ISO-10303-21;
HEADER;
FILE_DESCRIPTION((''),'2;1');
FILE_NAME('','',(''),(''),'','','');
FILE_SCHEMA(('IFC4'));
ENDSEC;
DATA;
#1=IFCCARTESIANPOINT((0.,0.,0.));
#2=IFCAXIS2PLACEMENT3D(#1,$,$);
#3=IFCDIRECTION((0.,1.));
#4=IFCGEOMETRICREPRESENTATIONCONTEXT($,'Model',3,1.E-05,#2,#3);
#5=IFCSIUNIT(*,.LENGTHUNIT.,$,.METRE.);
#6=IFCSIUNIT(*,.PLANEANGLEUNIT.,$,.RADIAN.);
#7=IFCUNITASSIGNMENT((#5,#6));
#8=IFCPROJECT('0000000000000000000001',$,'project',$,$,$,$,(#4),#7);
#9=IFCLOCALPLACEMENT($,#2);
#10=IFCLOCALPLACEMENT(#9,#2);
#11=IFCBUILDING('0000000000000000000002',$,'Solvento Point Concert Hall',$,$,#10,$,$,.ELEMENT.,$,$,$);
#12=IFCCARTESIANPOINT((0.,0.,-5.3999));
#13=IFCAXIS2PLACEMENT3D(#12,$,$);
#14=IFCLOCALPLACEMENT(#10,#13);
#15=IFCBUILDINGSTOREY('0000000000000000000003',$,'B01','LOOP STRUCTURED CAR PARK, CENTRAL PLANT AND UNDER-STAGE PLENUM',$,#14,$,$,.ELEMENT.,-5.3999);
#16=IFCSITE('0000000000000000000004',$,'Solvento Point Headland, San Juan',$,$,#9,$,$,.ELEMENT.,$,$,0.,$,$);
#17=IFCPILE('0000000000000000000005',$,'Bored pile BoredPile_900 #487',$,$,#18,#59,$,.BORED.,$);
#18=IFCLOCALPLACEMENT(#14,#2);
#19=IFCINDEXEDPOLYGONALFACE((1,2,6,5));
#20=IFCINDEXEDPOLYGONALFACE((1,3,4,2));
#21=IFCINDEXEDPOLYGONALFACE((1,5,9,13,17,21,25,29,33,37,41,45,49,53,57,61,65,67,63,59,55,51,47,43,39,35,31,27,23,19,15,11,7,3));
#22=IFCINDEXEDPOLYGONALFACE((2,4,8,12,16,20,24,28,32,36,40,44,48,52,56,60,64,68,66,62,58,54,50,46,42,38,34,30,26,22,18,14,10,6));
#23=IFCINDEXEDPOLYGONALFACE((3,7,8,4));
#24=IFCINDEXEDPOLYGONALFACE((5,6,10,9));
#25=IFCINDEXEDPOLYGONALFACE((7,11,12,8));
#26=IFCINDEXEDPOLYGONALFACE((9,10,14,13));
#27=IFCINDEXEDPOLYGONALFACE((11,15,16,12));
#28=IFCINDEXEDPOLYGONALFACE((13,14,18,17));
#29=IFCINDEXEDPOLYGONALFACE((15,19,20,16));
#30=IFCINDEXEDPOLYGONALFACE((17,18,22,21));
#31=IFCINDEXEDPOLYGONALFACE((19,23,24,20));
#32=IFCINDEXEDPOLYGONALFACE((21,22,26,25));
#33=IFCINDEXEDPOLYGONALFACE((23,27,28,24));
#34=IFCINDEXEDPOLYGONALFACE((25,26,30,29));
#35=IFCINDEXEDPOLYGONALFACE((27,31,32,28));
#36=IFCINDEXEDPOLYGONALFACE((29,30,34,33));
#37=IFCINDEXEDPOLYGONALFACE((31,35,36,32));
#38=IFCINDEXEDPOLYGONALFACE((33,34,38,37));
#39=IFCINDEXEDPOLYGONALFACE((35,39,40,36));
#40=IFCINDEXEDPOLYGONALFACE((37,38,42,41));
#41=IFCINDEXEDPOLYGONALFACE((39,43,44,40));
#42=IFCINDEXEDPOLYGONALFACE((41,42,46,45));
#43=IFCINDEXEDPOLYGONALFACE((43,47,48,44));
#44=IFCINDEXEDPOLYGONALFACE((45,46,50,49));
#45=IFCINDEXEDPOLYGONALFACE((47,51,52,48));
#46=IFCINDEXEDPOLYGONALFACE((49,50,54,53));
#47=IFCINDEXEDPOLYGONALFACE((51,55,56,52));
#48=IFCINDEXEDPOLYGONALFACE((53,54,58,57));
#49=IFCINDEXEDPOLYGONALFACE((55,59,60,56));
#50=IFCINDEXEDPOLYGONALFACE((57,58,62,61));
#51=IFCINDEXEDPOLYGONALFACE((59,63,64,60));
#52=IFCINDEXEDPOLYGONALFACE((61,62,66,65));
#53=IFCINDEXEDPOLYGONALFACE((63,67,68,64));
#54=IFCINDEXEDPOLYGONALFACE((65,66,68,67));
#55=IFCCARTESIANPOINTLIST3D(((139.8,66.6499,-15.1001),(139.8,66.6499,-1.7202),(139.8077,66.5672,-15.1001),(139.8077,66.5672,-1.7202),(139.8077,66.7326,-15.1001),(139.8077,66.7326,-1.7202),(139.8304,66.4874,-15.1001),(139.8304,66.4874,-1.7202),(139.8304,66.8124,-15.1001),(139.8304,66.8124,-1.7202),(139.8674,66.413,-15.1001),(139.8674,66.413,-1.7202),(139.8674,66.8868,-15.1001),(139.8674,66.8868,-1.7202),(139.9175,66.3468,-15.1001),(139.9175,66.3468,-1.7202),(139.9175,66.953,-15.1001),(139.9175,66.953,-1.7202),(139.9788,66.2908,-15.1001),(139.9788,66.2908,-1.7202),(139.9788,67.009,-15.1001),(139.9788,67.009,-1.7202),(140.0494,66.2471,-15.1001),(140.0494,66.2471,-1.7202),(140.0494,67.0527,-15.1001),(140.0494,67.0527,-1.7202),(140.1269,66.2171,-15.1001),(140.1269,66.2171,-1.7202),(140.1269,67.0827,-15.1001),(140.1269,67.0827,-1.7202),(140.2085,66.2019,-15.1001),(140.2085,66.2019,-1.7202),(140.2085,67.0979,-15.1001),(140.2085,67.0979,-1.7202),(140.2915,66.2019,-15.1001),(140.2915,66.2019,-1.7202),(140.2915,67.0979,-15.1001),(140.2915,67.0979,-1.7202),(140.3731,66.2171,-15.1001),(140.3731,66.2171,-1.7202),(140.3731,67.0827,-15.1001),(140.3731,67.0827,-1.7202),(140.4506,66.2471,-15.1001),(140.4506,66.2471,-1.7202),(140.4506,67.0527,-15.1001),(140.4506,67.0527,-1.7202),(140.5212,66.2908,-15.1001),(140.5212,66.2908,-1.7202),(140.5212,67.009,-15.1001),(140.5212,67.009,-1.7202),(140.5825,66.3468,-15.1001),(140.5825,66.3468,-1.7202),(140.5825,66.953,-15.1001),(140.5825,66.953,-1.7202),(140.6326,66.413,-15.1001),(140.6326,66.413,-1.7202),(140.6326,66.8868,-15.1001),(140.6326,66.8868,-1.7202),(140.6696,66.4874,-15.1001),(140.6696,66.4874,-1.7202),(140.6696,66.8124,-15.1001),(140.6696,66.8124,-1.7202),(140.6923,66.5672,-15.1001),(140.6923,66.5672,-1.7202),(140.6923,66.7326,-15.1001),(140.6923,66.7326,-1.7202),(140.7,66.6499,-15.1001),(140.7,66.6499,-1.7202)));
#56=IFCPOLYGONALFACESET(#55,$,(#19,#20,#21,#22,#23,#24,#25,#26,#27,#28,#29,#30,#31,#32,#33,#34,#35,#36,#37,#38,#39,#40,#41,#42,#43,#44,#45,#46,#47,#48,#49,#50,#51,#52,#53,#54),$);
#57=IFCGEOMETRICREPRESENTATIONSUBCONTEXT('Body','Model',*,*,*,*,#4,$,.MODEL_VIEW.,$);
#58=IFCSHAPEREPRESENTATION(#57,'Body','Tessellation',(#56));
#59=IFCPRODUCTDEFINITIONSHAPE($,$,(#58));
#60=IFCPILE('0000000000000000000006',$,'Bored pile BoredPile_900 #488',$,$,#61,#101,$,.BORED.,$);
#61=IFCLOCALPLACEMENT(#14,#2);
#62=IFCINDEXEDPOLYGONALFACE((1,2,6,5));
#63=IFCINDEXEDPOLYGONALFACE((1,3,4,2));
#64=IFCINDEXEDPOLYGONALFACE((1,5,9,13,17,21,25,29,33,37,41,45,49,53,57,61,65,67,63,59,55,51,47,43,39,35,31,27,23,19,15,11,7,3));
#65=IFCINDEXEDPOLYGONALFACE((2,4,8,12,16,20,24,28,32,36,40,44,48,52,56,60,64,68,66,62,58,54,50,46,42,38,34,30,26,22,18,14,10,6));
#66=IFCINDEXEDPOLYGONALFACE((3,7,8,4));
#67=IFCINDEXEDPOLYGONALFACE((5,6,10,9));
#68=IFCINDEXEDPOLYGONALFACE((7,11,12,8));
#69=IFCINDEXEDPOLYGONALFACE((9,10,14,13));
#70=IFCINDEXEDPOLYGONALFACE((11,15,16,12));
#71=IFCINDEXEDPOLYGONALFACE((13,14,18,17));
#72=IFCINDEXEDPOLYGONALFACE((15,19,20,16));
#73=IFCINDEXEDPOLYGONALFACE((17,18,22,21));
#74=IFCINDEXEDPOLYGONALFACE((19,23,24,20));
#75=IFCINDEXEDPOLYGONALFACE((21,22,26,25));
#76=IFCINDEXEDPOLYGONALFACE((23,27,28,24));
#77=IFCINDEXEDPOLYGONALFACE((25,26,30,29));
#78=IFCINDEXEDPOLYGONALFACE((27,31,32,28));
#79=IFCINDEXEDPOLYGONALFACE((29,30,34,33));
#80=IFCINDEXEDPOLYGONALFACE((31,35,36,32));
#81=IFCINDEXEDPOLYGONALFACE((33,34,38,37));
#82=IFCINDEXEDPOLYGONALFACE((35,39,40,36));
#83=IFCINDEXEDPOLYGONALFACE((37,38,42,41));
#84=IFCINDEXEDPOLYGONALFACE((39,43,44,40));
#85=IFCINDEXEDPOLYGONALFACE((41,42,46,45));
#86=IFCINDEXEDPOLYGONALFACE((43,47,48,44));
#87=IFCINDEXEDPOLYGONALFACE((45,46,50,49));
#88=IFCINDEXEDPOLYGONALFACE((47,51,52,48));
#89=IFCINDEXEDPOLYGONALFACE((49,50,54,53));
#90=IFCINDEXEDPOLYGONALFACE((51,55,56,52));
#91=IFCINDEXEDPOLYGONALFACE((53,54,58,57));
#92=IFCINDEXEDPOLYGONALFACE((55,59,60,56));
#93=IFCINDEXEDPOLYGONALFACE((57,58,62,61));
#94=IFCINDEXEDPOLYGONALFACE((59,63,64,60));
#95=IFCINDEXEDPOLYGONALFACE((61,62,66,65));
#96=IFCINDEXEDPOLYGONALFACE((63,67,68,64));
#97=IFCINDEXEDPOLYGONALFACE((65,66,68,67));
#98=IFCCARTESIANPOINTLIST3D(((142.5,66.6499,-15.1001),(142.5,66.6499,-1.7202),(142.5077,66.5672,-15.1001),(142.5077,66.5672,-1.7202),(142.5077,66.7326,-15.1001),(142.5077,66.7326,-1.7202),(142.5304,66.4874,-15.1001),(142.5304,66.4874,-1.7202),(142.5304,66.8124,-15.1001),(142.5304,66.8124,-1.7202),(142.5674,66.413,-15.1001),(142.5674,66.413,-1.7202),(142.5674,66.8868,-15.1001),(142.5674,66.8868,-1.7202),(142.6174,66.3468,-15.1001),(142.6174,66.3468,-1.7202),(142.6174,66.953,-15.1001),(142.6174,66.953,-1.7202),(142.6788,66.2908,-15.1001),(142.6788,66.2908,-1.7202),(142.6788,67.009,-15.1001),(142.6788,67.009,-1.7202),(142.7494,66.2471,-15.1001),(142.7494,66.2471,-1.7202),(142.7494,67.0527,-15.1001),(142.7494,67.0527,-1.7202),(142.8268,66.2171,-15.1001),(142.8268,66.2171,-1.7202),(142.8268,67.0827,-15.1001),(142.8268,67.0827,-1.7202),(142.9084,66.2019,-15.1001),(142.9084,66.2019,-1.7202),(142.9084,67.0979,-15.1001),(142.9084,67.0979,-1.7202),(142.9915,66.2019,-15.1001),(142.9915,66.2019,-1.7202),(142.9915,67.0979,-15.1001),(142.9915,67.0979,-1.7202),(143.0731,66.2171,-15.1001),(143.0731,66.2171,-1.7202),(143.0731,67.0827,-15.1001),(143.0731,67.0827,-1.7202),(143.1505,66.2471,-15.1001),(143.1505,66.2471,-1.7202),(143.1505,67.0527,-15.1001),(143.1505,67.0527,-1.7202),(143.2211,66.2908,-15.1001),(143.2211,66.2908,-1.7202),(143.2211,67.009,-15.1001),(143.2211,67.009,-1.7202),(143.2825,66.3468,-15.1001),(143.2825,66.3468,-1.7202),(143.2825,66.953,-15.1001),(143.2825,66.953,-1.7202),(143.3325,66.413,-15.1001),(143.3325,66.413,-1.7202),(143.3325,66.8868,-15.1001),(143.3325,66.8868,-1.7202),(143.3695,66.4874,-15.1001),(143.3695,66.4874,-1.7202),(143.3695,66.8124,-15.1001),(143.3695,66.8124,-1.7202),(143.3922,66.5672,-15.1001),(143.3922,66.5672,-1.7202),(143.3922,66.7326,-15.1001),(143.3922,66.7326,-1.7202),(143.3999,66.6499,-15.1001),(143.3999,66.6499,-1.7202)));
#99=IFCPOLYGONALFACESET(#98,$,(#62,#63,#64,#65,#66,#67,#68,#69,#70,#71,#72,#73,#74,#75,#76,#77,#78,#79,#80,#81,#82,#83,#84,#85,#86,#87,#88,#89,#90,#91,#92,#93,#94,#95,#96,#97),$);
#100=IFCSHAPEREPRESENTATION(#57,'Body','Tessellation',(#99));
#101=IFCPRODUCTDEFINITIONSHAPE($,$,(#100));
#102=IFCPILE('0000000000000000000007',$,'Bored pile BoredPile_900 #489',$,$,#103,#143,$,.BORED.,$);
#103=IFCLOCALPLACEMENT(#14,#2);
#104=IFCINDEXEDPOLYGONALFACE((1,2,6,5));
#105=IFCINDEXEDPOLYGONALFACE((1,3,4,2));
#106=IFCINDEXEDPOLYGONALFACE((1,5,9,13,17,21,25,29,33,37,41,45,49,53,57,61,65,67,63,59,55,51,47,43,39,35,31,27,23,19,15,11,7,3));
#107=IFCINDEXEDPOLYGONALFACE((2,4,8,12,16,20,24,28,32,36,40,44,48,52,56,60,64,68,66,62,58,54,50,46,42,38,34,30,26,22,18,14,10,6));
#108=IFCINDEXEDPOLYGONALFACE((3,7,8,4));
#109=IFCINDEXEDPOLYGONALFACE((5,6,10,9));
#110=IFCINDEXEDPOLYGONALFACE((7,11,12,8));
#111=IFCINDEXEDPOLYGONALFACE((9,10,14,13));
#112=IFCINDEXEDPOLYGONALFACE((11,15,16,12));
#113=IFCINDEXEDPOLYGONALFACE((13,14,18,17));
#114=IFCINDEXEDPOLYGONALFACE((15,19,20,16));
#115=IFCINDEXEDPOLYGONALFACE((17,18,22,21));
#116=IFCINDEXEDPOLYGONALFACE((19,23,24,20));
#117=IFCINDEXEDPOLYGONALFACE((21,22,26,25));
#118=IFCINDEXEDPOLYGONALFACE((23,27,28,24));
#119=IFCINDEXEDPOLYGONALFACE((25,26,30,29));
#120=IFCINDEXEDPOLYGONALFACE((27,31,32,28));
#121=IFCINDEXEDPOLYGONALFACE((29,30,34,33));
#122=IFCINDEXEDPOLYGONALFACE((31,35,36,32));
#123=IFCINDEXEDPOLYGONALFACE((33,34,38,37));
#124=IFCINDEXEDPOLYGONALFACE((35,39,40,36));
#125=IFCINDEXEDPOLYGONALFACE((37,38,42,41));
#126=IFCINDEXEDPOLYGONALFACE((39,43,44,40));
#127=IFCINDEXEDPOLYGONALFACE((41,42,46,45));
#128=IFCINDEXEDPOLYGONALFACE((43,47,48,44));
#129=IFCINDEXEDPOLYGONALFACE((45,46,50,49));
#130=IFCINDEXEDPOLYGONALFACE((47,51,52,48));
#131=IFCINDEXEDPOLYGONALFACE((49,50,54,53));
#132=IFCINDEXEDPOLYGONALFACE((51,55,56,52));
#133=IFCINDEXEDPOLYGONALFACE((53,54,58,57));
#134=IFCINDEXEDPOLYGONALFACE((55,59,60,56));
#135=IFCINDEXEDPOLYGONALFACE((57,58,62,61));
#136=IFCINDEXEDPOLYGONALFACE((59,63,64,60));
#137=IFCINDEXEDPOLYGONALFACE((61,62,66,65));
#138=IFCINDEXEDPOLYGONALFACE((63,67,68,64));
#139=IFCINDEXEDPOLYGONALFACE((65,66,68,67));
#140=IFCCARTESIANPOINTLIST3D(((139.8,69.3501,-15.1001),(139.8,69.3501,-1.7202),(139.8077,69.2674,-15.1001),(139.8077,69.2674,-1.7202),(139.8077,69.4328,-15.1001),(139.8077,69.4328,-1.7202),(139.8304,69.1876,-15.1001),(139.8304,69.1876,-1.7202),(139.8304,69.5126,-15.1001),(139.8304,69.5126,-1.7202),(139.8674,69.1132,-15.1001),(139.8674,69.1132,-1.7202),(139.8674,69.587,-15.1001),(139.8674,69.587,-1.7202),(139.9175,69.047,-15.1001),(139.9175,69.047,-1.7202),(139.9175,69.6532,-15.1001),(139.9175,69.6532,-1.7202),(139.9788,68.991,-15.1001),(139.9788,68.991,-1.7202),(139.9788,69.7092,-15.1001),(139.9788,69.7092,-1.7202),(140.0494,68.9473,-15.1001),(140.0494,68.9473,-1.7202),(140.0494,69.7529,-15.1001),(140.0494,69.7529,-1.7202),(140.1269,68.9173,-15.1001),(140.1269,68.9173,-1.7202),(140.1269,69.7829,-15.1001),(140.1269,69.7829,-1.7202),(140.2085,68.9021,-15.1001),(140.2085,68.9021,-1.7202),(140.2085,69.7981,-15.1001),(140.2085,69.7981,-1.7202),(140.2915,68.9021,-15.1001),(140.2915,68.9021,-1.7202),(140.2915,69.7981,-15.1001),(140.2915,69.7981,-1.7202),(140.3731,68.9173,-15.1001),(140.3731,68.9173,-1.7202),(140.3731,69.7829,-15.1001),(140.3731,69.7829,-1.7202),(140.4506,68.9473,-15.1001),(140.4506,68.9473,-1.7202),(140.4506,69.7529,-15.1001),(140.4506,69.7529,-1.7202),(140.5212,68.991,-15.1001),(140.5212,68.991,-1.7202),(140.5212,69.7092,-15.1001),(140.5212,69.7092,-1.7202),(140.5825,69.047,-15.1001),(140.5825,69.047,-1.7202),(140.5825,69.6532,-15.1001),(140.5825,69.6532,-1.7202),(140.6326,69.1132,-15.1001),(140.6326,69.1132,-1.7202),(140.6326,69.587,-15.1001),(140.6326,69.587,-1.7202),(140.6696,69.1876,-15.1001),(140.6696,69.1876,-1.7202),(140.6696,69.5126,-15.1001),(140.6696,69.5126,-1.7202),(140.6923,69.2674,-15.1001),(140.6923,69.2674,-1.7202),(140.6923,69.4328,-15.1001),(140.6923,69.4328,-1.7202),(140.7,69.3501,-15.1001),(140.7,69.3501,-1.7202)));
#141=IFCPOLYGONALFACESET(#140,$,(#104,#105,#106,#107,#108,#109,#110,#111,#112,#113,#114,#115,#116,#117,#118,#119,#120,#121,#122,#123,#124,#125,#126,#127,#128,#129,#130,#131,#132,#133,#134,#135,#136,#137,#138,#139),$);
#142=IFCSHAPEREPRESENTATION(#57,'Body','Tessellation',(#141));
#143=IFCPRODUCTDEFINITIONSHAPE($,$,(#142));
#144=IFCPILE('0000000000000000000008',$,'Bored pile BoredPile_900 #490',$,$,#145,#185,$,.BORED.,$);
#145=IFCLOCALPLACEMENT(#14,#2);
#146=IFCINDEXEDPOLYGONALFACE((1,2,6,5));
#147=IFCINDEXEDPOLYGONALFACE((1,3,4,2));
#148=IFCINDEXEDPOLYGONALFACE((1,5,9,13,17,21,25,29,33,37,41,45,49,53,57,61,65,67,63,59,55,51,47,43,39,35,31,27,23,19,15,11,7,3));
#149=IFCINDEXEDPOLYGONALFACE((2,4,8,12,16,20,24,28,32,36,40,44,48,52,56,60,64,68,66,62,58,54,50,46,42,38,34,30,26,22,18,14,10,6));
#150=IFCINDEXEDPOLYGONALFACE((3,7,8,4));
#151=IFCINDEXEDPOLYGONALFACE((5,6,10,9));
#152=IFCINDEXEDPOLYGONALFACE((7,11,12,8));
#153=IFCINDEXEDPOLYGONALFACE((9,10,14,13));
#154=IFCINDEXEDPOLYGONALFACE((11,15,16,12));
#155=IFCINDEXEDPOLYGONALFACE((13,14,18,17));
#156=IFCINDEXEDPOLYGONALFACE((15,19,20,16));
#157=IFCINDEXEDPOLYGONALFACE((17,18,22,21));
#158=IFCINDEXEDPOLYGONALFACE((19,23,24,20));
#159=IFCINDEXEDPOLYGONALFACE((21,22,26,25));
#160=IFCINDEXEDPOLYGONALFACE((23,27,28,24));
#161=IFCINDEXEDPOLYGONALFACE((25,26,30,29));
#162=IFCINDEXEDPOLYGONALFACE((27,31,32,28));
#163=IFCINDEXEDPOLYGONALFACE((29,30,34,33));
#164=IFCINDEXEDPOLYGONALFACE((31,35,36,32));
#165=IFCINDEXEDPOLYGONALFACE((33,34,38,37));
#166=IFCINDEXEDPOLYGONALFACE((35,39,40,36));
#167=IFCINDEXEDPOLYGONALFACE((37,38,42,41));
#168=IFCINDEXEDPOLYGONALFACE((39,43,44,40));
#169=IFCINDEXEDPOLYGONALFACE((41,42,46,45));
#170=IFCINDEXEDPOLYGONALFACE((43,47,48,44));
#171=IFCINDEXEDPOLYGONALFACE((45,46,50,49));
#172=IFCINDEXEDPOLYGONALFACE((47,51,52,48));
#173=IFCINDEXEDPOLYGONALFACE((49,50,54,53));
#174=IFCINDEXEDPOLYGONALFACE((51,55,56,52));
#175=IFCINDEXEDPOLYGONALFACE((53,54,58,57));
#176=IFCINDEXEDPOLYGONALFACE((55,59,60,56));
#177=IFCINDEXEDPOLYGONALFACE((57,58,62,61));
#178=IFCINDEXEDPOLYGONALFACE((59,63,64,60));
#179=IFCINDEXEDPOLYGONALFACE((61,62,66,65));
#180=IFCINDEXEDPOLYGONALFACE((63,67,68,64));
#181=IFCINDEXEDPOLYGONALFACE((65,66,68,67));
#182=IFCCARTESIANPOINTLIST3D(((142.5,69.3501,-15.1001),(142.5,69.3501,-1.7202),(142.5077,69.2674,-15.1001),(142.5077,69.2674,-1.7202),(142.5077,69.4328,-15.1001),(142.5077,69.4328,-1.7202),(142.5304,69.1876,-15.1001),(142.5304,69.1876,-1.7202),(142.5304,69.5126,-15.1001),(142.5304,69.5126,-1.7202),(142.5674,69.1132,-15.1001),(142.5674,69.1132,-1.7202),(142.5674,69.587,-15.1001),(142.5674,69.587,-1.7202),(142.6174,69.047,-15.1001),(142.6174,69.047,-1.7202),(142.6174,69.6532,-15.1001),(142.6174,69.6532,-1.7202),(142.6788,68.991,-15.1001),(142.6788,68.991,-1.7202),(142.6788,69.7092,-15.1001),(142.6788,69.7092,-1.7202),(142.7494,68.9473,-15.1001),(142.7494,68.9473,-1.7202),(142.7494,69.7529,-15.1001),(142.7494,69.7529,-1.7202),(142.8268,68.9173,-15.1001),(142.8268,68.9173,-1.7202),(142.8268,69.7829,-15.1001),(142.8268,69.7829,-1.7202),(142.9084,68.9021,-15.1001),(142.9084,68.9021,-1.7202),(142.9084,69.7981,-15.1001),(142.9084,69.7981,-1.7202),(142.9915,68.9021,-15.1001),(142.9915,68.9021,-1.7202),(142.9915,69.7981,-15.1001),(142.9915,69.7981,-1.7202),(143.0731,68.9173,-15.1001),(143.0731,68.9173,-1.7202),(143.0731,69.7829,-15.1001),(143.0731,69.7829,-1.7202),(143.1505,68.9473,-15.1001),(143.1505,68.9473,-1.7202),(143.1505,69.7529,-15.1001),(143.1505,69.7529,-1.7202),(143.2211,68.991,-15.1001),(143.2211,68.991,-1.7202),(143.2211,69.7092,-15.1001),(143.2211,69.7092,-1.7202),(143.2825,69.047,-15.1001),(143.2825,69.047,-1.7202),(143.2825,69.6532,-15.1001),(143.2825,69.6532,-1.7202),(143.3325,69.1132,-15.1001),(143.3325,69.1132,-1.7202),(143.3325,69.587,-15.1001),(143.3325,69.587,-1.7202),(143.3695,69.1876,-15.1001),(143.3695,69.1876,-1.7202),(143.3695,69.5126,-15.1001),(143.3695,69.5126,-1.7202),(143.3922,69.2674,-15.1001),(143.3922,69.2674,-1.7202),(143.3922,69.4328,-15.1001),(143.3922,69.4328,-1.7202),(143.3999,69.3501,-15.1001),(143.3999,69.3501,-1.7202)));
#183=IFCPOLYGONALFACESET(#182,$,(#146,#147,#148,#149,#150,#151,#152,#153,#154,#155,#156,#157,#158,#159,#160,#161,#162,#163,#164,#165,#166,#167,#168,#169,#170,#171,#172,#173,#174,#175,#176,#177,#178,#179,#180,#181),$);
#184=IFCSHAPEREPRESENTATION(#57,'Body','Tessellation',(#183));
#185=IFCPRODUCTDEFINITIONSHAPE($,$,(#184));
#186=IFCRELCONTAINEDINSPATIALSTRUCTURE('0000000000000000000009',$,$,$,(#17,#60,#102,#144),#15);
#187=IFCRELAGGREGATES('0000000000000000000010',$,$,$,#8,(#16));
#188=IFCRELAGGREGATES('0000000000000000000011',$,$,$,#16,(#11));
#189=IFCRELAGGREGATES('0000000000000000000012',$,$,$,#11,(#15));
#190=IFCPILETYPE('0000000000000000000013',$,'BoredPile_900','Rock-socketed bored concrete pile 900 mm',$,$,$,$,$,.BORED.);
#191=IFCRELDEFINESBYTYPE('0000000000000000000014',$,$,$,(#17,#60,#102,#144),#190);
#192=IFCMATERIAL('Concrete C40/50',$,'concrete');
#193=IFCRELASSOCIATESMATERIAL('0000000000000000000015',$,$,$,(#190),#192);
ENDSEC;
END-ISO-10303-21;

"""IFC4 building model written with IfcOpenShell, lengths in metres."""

from ifc_helpers import new_model, si_unit, direction, frame, origin, origin_2d, place, context, subcontext, project, spatial, circle, extrude, material, material_profile, profile_set, type_object, element, save


model = new_model("IFC4")

# Units and contexts
model_context = context("Model", 3, precision=1e-05, world=origin(), true_north=direction((0.0, 1.0)))
body_context = subcontext(model_context, "Body", "Model", "MODEL_VIEW")
ifc_project = project(units=[si_unit("LENGTHUNIT", "METRE"), si_unit("PLANEANGLEUNIT", "RADIAN")], contexts=[model_context])

# Site, building, storey
site_placement = place(None, origin())
site = spatial("IfcSite", under=ifc_project, at=site_placement, Name="Solvento Point Headland, San Juan", CompositionType="ELEMENT", RefElevation=0.0)
building_placement = place(site_placement, origin())
building = spatial("IfcBuilding", under=site, at=building_placement, Name="Solvento Point Concert Hall", CompositionType="ELEMENT")
storey_placement = place(building_placement, frame((0.0, 0.0, -5.3999)))
storey = spatial("IfcBuildingStorey", under=building, at=storey_placement, Name="B01", Description="LOOP STRUCTURED CAR PARK, CENTRAL PLANT AND UNDER-STAGE PLENUM", CompositionType="ELEMENT", Elevation=-5.3999)

# Piles
ifc_material_1 = material(Name="Concrete C40/50", Category="concrete")
ifc_material_profile_1 = material_profile(ifc_material_1, circle(Radius=0.45, at=origin_2d()), Name="BP-900")
ifc_profile_set_1 = profile_set([ifc_material_profile_1], Name="Concrete C40/50")
pile_type_1 = type_object("IfcPileType", Name="BoredPile_900", Description="Rock-socketed bored concrete pile 900 mm", PredefinedType="BORED", material=ifc_profile_set_1)
for number, where, z_axis, x_axis, name in (
    (1, (140.25, 66.6499, -1.7202), (0.0, 0.0, -1.0), (1.0, 0.0, 0.0), "Bored pile BoredPile_900 #487"),
    (2, (142.95, 66.6499, -1.7202), (0.0, 0.0, -1.0), (1.0, 0.0, 0.0), "Bored pile BoredPile_900 #488"),
    (3, (140.25, 69.3501, -1.7202), (0.0, 0.0, -1.0), (1.0, 0.0, 0.0), "Bored pile BoredPile_900 #489"),
    (4, (142.95, 69.3501, -1.7202), (0.0, 0.0, -1.0), (1.0, 0.0, 0.0), "Bored pile BoredPile_900 #490"),
):
    element("IfcPile", number, at=place(storey_placement, frame(where, z_axis=z_axis, x_axis=x_axis)), inside=storey, type_object=pile_type_1, Name=name, PredefinedType="BORED", context=body_context, shape_type="SweptSolid", body=[
        extrude(circle(Radius=0.45, at=origin_2d()), origin(), (0.0, 0.0, 1.0), 13.3799),
    ])

save(model, "model.ifc")
